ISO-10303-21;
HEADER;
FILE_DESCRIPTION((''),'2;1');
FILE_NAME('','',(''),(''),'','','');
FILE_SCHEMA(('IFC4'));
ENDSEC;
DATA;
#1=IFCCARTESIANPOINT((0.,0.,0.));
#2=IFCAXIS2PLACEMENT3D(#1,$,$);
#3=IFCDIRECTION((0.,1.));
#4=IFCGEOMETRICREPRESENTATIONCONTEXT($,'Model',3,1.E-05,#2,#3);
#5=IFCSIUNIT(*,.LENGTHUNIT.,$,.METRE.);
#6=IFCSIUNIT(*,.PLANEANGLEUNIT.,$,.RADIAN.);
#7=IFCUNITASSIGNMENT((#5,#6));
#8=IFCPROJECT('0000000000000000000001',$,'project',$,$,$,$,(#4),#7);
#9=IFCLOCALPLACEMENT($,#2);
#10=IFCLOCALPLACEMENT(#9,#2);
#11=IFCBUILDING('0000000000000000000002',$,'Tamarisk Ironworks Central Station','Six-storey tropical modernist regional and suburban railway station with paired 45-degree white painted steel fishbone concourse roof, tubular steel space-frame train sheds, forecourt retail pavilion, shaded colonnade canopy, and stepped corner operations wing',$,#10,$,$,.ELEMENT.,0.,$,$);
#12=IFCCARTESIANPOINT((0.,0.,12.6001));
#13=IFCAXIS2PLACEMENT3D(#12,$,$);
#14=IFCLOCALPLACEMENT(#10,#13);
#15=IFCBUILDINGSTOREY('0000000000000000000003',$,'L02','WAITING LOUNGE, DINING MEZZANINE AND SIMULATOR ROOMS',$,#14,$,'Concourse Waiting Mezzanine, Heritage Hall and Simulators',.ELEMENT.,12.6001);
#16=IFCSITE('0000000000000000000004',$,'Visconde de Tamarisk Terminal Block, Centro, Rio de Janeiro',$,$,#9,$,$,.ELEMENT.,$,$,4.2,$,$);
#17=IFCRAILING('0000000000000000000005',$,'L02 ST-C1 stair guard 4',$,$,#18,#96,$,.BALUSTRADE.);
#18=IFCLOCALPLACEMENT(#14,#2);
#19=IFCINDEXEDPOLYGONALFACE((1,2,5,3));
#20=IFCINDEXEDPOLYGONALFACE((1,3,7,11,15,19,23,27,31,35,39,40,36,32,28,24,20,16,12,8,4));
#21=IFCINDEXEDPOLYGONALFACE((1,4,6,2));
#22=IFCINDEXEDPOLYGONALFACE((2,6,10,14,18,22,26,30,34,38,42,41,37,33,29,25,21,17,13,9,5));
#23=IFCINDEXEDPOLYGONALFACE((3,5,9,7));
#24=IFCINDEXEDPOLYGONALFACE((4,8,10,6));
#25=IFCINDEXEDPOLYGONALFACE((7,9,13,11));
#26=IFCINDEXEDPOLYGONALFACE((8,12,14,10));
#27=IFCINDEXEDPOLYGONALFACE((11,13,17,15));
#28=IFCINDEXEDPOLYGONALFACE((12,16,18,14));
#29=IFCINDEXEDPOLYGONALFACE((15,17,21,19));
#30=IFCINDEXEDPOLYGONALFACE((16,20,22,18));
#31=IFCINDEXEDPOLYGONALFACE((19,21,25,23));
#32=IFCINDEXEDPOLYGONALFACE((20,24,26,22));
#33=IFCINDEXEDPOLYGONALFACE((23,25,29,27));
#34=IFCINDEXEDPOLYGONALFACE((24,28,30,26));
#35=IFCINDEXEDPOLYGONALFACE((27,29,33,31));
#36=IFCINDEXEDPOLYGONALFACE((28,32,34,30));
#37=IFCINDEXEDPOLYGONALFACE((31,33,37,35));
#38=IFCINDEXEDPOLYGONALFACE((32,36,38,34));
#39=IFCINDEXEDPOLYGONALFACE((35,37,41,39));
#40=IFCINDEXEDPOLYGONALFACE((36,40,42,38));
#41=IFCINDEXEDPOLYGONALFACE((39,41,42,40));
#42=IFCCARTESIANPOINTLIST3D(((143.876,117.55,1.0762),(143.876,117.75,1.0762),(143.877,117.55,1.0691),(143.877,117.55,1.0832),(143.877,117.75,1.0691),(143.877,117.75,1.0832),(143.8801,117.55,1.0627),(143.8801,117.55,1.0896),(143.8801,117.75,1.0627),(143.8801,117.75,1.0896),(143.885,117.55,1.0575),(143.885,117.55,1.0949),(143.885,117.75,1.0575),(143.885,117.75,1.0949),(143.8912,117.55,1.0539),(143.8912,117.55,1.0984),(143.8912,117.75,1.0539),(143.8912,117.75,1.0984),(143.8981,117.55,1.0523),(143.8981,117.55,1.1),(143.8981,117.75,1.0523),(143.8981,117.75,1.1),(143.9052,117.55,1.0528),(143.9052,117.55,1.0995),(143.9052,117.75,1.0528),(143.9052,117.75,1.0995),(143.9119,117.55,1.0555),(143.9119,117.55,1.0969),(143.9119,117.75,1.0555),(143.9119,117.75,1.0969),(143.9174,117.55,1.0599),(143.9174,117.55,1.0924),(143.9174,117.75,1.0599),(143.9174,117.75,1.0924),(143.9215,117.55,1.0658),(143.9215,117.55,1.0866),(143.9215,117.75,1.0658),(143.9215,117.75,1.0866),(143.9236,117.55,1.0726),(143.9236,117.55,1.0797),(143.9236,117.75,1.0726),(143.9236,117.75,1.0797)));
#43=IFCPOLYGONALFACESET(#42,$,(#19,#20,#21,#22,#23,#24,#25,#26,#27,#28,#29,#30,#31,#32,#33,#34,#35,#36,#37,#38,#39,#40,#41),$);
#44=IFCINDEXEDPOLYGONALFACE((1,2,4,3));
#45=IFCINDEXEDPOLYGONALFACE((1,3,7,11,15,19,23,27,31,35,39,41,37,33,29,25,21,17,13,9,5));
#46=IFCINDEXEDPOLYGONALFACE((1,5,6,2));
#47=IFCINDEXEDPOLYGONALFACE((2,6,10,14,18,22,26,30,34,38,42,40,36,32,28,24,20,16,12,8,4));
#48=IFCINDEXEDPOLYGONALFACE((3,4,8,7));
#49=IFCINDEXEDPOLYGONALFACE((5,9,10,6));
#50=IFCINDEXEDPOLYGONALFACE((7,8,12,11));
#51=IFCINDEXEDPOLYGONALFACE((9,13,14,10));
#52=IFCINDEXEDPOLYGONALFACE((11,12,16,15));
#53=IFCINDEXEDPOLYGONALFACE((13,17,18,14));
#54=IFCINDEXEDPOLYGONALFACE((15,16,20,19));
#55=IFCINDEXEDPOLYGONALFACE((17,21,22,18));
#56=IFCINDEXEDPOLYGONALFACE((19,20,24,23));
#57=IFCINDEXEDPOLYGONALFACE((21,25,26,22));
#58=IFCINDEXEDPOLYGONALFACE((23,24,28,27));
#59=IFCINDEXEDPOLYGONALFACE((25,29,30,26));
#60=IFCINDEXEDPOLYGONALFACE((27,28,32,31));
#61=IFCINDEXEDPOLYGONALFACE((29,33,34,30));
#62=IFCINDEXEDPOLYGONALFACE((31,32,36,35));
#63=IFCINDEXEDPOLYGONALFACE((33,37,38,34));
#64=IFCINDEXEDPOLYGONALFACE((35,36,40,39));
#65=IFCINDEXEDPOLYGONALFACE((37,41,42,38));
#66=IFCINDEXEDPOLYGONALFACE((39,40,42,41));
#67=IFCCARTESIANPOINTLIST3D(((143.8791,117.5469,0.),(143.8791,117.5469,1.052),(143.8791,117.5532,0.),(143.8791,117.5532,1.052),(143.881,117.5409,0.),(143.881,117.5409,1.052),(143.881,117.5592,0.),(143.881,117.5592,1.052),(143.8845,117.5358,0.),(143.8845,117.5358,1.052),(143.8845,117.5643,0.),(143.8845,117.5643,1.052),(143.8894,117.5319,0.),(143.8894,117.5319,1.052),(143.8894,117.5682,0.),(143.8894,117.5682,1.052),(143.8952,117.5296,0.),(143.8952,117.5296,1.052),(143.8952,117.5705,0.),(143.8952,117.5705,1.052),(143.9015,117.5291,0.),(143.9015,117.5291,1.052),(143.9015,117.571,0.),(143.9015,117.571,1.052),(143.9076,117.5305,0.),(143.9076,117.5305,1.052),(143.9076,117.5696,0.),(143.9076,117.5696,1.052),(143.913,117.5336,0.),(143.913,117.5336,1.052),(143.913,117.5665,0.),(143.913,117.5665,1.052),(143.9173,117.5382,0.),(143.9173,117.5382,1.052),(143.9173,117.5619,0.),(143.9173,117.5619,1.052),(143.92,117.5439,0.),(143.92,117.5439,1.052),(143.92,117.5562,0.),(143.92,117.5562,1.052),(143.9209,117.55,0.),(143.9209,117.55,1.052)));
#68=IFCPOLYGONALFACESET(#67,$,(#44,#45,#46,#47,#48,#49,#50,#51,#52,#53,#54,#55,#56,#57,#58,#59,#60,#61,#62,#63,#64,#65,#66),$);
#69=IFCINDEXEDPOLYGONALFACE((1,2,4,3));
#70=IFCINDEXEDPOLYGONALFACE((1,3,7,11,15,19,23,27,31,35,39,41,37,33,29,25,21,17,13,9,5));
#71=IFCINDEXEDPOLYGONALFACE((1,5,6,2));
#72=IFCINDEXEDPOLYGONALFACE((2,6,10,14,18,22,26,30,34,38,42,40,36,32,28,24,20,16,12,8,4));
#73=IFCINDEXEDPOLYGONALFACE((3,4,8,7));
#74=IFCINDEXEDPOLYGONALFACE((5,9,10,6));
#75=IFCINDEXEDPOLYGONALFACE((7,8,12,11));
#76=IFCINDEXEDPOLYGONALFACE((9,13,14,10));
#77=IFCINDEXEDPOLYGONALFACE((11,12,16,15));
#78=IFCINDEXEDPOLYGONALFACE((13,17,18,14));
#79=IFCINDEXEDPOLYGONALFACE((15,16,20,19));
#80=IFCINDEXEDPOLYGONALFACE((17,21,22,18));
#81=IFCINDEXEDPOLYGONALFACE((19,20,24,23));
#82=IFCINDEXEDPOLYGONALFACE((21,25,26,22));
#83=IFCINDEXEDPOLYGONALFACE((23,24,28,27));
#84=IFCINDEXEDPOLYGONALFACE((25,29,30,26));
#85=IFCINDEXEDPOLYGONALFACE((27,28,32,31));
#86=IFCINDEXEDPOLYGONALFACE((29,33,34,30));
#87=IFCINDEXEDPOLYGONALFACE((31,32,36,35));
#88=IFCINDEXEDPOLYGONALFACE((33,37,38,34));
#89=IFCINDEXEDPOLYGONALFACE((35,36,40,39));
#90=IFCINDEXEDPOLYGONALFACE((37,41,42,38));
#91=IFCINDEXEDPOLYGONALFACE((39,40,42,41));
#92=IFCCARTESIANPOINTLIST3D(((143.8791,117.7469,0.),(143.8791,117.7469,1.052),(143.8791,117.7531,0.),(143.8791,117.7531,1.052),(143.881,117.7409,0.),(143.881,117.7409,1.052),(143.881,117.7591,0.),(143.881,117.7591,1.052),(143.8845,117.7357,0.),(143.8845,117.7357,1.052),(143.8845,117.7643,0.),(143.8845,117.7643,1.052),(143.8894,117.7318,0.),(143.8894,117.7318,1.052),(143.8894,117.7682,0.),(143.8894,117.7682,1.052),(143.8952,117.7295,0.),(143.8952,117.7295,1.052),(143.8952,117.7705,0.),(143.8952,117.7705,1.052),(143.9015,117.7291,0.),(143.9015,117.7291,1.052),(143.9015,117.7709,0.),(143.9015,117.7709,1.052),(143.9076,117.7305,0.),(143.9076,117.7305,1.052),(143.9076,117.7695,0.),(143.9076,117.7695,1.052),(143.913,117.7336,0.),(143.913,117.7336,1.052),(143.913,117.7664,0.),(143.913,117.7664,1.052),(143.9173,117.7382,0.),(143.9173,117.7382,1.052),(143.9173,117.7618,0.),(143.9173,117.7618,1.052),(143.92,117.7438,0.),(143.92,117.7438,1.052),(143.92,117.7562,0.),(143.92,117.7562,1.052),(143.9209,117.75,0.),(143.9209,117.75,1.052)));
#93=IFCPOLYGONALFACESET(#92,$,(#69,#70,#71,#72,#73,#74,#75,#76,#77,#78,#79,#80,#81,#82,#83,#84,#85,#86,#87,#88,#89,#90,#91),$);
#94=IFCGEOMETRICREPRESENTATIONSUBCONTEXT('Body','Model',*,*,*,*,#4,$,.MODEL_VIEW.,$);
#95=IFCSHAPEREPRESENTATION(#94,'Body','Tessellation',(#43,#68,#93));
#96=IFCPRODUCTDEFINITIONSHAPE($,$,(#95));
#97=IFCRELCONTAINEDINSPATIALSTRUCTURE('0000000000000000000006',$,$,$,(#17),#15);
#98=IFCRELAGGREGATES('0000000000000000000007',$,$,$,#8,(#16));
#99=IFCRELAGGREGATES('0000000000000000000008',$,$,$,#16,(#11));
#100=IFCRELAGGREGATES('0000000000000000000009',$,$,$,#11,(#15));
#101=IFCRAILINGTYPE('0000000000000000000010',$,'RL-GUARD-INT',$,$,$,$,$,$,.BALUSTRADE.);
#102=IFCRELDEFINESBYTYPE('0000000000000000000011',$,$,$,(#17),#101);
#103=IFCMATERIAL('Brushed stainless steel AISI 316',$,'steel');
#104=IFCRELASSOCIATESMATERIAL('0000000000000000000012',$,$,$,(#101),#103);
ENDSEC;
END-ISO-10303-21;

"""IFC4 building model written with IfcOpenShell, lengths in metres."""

from ifc_helpers import new_model, si_unit, direction, frame, origin, origin_2d, place, context, subcontext, project, spatial, circle, extrude, material, type_object, element, save


model = new_model("IFC4")

# Units and contexts
model_context = context("Model", 3, precision=1e-05, world=origin(), true_north=direction((0.0, 1.0)))
body_context = subcontext(model_context, "Body", "Model", "MODEL_VIEW")
ifc_project = project(units=[si_unit("LENGTHUNIT", "METRE"), si_unit("PLANEANGLEUNIT", "RADIAN")], contexts=[model_context])

# Site, building, storey
site_placement = place(None, origin())
site = spatial("IfcSite", under=ifc_project, at=site_placement, Name="Visconde de Tamarisk Terminal Block, Centro, Rio de Janeiro", CompositionType="ELEMENT", RefElevation=4.2)
building_placement = place(site_placement, origin())
building = spatial("IfcBuilding", under=site, at=building_placement, Name="Tamarisk Ironworks Central Station", Description="Six-storey tropical modernist regional and suburban railway station with paired 45-degree white painted steel fishbone concourse roof, tubular steel space-frame train sheds, forecourt retail pavilion, shaded colonnade canopy, and stepped corner operations wing", CompositionType="ELEMENT", ElevationOfRefHeight=0.0)
storey_placement = place(building_placement, frame((0.0, 0.0, 12.6001)))
storey = spatial("IfcBuildingStorey", under=building, at=storey_placement, Name="L02", Description="WAITING LOUNGE, DINING MEZZANINE AND SIMULATOR ROOMS", LongName="Concourse Waiting Mezzanine, Heritage Hall and Simulators", CompositionType="ELEMENT", Elevation=12.6001)

# Shared definitions
ifc_material_1 = material(Name="Brushed stainless steel AISI 316", Category="steel")

# Railing
railing_type_1 = type_object("IfcRailingType", Name="RL-GUARD-INT", PredefinedType="BALUSTRADE", material=ifc_material_1)
railing_1_placement = place(storey_placement, frame((143.8999, 117.55, 0.0)))
element("IfcRailing", 1, at=railing_1_placement, inside=storey, type_object=railing_type_1, Name="L02 ST-C1 stair guard 4", PredefinedType="BALUSTRADE", context=body_context, shape_type="SweptSolid", body=[
    extrude(circle(Radius=0.0239, at=origin_2d()), frame((0.0, 0.0, 1.0762), z_axis=(0.0, 1.0, 0.0), x_axis=(-1.0, 0.0, 0.0)), (0.0, 0.0, 1.0), 0.2),
    extrude(circle(Radius=0.021, at=origin_2d()), origin(), (0.0, 0.0, 1.0), 1.052),
    extrude(circle(Radius=0.021, at=origin_2d()), frame((0.0, 0.2, 0.0)), (0.0, 0.0, 1.0), 1.052),
])

save(model, "model.ifc")
